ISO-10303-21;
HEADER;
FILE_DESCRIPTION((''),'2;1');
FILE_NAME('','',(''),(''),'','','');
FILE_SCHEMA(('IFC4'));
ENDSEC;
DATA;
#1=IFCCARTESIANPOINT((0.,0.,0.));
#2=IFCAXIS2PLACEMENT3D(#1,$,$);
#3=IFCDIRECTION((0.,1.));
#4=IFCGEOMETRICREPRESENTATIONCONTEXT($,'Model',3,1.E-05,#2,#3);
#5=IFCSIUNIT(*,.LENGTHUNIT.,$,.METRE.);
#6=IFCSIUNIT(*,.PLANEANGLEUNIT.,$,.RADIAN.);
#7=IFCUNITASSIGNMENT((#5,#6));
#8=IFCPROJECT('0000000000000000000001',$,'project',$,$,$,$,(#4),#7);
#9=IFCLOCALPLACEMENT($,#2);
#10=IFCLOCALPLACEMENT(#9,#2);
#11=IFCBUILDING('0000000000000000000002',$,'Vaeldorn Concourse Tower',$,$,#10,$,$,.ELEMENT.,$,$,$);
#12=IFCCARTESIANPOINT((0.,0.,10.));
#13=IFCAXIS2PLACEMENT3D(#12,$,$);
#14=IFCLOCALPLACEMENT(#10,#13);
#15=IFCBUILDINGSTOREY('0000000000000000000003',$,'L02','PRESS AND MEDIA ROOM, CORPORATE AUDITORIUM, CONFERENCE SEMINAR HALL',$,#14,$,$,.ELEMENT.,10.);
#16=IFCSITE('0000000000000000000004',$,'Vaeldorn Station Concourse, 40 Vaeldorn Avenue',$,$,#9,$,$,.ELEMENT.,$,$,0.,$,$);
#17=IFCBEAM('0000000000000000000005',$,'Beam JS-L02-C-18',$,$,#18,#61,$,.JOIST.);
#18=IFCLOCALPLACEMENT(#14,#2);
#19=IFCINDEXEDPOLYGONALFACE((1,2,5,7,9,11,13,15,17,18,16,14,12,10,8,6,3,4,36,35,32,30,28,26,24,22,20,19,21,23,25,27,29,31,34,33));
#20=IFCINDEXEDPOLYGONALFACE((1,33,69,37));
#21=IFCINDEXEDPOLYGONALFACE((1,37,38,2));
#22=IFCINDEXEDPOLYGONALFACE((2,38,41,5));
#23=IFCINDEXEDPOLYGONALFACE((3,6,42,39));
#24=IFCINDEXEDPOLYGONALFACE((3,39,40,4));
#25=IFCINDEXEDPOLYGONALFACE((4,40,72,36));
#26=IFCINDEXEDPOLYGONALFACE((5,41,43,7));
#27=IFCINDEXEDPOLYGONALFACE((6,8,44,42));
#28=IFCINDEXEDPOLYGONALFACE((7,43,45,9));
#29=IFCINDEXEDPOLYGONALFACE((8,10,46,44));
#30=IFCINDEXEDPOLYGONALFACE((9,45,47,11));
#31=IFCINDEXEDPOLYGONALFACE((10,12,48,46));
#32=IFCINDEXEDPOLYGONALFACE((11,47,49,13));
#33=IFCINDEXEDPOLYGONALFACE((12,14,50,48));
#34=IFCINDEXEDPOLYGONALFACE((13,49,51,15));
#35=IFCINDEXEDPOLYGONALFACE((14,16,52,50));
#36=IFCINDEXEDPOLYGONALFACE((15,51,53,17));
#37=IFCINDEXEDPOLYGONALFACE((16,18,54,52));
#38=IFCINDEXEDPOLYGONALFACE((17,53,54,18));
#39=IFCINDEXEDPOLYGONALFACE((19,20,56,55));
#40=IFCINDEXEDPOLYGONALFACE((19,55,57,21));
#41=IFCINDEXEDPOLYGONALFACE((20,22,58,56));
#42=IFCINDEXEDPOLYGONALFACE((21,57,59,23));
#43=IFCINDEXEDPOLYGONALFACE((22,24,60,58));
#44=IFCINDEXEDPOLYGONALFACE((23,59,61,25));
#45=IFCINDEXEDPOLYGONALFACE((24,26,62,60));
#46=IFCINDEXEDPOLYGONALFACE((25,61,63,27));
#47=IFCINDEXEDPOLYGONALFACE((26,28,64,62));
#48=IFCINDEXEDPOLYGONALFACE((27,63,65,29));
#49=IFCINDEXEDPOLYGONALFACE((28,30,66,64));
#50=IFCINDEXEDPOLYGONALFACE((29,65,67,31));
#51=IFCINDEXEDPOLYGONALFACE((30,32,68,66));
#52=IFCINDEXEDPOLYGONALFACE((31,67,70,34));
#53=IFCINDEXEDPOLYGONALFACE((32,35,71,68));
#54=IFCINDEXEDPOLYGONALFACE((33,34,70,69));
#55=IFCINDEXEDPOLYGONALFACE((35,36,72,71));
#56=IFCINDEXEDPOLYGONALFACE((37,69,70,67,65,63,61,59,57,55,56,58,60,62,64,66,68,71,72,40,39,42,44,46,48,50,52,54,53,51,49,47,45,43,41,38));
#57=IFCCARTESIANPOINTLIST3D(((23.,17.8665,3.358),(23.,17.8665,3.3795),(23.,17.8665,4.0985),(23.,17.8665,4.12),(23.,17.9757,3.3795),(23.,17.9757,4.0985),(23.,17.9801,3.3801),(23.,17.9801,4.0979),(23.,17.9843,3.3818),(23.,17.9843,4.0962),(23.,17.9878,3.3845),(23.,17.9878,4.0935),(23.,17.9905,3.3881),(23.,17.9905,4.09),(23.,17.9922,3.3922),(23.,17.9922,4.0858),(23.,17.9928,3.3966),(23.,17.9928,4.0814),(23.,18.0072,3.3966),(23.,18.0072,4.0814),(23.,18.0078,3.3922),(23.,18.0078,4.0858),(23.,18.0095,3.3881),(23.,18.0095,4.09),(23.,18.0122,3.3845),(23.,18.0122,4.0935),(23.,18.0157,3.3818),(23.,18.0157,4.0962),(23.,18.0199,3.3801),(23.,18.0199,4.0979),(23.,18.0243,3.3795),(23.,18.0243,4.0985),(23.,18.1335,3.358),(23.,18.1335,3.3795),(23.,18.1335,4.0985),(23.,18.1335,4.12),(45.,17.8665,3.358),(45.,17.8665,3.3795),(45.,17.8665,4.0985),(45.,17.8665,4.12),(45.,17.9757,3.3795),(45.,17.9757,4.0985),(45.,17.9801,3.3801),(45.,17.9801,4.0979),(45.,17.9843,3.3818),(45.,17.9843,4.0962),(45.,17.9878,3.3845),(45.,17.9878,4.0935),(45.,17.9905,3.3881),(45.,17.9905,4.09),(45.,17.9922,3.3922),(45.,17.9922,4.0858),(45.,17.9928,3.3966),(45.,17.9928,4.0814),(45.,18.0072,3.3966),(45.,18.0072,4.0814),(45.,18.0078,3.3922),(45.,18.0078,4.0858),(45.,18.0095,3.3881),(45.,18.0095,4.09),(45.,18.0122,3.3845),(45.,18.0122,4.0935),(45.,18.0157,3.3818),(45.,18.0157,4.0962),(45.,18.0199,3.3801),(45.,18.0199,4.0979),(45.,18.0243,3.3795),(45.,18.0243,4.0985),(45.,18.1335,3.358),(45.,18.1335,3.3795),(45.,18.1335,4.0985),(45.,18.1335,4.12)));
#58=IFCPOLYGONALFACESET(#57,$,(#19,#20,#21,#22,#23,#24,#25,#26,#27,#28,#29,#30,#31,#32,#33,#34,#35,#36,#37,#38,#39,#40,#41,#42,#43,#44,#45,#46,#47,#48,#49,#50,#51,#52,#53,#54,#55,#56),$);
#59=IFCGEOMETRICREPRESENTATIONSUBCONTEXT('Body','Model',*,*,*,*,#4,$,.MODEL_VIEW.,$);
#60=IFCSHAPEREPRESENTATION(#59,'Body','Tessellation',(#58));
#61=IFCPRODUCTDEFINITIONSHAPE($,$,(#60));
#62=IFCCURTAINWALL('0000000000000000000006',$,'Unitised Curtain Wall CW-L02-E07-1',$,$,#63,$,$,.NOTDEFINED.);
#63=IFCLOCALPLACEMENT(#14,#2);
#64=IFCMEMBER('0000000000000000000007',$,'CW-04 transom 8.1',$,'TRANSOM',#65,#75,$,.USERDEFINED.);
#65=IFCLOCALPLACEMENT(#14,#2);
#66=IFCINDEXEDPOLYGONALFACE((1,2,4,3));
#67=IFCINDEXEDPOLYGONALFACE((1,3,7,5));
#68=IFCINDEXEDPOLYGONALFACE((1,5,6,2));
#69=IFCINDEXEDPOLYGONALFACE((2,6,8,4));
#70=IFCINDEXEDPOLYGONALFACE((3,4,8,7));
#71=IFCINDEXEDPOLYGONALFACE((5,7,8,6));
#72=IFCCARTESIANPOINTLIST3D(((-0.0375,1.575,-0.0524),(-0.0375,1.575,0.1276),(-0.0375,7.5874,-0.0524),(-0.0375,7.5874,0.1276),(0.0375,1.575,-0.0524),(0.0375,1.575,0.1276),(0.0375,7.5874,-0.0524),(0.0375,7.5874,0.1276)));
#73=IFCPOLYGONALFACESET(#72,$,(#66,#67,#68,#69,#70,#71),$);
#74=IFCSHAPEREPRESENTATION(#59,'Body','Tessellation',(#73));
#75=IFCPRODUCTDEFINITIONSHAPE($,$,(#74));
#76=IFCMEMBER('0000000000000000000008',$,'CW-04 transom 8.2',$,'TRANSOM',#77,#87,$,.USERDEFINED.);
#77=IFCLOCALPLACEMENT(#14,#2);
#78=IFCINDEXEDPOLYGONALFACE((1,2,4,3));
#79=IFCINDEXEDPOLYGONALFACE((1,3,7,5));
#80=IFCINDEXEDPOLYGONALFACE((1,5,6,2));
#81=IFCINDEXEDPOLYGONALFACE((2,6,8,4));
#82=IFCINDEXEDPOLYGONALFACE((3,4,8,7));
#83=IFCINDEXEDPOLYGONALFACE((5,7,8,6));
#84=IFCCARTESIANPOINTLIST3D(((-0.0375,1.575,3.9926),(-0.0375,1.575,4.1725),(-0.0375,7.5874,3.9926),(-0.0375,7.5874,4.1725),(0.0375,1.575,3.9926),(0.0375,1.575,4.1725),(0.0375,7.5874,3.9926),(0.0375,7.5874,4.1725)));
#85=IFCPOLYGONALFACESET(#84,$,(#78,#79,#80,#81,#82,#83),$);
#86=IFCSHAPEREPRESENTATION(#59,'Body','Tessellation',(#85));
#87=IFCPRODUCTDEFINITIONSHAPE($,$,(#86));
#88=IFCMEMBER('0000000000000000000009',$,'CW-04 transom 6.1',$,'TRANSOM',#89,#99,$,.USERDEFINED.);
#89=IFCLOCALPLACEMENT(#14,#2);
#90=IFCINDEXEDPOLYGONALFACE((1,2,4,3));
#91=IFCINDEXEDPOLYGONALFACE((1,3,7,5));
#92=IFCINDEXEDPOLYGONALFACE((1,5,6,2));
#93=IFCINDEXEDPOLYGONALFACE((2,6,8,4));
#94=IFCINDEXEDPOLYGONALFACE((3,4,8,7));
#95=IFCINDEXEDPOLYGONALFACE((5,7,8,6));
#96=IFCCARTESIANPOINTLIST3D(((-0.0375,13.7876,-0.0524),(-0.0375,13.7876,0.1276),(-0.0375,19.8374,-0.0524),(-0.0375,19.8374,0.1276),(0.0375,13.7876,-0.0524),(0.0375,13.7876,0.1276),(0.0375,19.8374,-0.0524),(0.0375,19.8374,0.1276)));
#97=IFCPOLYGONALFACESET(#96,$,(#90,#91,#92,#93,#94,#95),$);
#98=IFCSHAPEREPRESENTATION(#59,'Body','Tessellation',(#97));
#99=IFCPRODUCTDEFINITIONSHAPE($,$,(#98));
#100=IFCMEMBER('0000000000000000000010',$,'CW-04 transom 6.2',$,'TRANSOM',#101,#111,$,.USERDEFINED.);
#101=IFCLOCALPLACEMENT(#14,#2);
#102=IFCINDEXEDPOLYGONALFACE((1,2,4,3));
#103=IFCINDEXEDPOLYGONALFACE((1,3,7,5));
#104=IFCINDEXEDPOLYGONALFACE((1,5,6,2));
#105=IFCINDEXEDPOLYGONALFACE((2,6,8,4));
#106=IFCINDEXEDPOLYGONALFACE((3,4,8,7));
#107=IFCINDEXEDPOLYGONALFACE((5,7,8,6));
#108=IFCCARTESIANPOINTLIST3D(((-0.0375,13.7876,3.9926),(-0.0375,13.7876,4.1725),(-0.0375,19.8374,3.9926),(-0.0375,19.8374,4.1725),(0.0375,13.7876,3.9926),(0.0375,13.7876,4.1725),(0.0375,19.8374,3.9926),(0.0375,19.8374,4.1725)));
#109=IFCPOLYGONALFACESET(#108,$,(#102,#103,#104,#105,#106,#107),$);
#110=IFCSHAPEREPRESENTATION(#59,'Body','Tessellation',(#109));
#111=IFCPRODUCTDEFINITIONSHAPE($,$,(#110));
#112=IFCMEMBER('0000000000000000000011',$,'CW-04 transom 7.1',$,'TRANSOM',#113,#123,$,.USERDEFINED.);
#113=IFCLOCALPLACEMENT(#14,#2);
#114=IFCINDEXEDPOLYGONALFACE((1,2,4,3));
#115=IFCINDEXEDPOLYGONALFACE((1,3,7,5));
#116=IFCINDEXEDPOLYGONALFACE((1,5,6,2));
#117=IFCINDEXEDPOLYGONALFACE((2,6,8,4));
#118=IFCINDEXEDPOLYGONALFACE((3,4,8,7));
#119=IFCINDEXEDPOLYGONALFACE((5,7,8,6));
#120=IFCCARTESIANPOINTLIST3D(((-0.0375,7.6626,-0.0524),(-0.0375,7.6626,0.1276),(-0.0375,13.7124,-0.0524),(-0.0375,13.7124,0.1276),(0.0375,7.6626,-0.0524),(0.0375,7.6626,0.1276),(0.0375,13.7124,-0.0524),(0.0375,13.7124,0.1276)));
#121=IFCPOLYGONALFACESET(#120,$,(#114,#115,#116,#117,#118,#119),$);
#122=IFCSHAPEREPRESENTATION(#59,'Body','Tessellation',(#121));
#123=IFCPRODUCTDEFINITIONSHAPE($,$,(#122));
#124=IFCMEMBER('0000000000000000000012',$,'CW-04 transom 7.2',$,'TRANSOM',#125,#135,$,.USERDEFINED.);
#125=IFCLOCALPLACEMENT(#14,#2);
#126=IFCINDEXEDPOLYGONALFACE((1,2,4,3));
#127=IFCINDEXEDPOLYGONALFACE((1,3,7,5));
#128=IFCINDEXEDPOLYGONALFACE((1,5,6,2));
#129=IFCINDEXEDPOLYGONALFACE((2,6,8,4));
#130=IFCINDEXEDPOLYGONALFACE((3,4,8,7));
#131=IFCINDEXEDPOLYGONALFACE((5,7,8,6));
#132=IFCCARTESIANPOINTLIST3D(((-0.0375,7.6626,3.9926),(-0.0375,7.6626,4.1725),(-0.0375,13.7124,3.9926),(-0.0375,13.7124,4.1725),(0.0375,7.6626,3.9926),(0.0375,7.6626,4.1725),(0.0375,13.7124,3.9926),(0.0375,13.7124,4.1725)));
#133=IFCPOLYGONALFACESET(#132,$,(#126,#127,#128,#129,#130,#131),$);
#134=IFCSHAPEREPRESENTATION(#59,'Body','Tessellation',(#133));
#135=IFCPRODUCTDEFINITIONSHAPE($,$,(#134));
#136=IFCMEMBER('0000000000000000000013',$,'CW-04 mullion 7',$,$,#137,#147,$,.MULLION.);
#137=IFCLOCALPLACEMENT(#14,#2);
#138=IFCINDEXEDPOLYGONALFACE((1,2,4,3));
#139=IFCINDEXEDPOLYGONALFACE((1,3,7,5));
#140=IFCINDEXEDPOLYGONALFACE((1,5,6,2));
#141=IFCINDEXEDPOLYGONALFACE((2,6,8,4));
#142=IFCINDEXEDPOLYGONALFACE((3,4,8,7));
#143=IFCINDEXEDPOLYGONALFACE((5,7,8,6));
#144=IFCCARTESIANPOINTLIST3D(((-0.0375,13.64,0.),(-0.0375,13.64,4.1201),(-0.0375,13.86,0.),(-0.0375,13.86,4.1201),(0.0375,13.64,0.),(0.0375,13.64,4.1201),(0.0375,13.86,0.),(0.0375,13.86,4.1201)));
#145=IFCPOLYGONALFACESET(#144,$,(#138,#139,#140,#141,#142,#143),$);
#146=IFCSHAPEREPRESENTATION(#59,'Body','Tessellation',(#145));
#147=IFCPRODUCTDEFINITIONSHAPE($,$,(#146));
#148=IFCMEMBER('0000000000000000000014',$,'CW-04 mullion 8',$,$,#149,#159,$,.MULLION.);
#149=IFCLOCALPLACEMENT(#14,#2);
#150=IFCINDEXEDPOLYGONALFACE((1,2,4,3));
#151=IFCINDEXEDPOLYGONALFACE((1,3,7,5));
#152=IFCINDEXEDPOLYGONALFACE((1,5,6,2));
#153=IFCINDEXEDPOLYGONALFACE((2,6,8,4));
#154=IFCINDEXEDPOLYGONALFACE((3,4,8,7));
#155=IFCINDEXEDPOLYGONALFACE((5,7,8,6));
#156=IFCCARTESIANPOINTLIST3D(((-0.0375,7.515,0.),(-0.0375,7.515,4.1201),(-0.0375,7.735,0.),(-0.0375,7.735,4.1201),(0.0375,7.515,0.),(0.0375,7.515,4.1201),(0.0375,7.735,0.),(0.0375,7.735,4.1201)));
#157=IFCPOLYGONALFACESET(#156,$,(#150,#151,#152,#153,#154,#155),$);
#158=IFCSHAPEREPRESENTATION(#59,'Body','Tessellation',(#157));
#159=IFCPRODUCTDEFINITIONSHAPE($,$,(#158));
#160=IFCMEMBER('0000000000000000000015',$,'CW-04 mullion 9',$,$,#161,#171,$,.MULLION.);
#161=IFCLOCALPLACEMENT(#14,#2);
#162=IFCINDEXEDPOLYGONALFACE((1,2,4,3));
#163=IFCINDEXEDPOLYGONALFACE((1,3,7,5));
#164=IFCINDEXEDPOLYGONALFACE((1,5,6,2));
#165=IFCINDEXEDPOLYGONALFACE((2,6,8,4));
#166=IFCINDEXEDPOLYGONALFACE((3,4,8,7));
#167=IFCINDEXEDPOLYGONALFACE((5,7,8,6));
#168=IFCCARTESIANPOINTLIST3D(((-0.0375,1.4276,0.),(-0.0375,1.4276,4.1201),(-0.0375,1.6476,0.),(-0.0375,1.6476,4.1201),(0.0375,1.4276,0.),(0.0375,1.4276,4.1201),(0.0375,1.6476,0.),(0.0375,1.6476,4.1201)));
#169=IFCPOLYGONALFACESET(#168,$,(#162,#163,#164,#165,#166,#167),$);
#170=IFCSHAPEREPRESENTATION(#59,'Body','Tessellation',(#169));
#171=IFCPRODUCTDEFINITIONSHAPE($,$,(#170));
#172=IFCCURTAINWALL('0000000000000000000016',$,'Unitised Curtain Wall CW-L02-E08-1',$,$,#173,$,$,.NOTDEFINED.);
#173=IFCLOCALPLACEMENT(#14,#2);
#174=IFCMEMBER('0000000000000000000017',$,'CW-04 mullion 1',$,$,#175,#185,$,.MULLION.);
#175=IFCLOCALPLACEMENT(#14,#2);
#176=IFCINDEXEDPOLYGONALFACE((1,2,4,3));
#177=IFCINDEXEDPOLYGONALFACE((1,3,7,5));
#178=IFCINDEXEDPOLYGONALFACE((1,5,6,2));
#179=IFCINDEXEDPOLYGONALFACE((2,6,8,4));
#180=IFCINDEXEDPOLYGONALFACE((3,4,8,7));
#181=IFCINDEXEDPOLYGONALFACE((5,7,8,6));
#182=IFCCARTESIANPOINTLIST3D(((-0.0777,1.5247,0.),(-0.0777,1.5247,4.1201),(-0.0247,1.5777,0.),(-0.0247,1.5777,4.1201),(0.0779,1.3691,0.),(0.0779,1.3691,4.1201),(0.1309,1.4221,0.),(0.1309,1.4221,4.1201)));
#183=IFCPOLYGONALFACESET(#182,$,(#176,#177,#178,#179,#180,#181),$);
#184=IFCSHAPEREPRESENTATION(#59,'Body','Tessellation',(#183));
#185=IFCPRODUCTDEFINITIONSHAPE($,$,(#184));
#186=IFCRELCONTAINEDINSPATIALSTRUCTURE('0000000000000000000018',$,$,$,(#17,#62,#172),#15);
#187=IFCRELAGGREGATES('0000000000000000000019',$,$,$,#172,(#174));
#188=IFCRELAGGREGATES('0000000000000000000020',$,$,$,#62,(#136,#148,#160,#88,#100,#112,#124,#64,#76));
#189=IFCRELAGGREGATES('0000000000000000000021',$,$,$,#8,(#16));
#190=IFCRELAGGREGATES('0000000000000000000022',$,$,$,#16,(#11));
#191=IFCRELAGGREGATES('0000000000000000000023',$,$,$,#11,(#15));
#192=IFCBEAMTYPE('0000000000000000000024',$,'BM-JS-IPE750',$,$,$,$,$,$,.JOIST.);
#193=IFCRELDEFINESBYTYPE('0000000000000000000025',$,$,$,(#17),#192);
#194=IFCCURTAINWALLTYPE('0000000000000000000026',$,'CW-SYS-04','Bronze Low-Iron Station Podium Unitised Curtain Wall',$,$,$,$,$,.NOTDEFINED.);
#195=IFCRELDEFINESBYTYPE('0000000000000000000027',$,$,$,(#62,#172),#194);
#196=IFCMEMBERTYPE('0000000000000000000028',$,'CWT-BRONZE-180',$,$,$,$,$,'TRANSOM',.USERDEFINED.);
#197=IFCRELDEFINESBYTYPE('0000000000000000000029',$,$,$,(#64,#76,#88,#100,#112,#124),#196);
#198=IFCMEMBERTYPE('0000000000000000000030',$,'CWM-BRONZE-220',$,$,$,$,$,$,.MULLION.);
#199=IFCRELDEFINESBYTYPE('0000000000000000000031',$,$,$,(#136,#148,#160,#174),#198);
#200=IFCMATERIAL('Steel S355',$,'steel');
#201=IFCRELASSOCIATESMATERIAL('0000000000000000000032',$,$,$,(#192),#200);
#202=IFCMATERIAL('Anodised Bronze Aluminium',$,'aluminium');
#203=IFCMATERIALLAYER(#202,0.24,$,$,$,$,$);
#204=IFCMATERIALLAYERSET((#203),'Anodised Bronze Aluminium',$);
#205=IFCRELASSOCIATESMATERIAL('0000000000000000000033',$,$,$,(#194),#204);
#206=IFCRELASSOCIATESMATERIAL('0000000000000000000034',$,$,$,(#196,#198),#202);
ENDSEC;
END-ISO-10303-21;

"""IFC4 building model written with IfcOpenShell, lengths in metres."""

from ifc_helpers import new_model, si_unit, direction, frame, origin, origin_2d, place, context, subcontext, project, spatial, rectangle, i_section, extrude, source, transform, mapped, material, layer, layer_set, material_profile, profile_set, type_object, element, aggregate, save


model = new_model("IFC4")

# Units and contexts
model_context = context("Model", 3, precision=1e-05, world=origin(), true_north=direction((0.0, 1.0)))
body_context = subcontext(model_context, "Body", "Model", "MODEL_VIEW")
ifc_project = project(units=[si_unit("LENGTHUNIT", "METRE"), si_unit("PLANEANGLEUNIT", "RADIAN")], contexts=[model_context])

# Site, building, storey
site_placement = place(None, origin())
site = spatial("IfcSite", under=ifc_project, at=site_placement, Name="Vaeldorn Station Concourse, 40 Vaeldorn Avenue", CompositionType="ELEMENT", RefElevation=0.0)
building_placement = place(site_placement, origin())
building = spatial("IfcBuilding", under=site, at=building_placement, Name="Vaeldorn Concourse Tower", CompositionType="ELEMENT")
storey_placement = place(building_placement, frame((0.0, 0.0, 10.0)))
storey = spatial("IfcBuildingStorey", under=building, at=storey_placement, Name="L02", Description="PRESS AND MEDIA ROOM, CORPORATE AUDITORIUM, CONFERENCE SEMINAR HALL", CompositionType="ELEMENT", Elevation=10.0)

# Beam
ifc_material_1 = material(Name="Steel S355", Category="steel")
ifc_material_profile_1 = material_profile(ifc_material_1, i_section(OverallWidth=0.2671, OverallDepth=0.762, WebThickness=0.0144, FlangeThickness=0.0215, FilletRadius=0.0171, at=origin_2d()), Name="IPE 750x173")
ifc_profile_set_1 = profile_set([ifc_material_profile_1], Name="Steel S355")
beam_type_1 = type_object("IfcBeamType", Name="BM-JS-IPE750", PredefinedType="JOIST", material=ifc_profile_set_1)
shared_shape_1 = source(origin(), body_context, "Body", "SweptSolid", [
    extrude(i_section(OverallWidth=0.2671, OverallDepth=0.762, WebThickness=0.0144, FlangeThickness=0.0215, FilletRadius=0.0171, at=origin_2d()), origin(), (0.0, 0.0, 1.0), 22.0),
])
for number, where, z_axis, x_axis, name in (
    (1, (23.0, 18.0, 3.739), (1.0, 0.0, 0.0), (0.0, 1.0, 0.0), "Beam JS-L02-C-18"),
):
    element("IfcBeam", number, at=place(storey_placement, frame(where, z_axis=z_axis, x_axis=x_axis)), inside=storey, type_object=beam_type_1, Name=name, PredefinedType="JOIST", context=body_context, shape_type="MappedRepresentation", body=[
        mapped(shared_shape_1, transform((0.0, 0.0, 0.0), scale=1.0)),
    ])

# Curtain wall, members
ifc_material_2 = material(Name="Anodised Bronze Aluminium", Category="aluminium")
ifc_layer_1 = layer(ifc_material_2, 0.24)
ifc_layer_set_1 = layer_set([ifc_layer_1], Name="Anodised Bronze Aluminium")
curtain_wall_type = type_object("IfcCurtainWallType", Name="CW-SYS-04", Description="Bronze Low-Iron Station Podium Unitised Curtain Wall", PredefinedType="NOTDEFINED", material=ifc_layer_set_1)
curtain_wall_1_placement = place(storey_placement, origin())
curtain_wall_1 = element("IfcCurtainWall", 2, at=curtain_wall_1_placement, inside=storey, type_object=curtain_wall_type, Name="Unitised Curtain Wall CW-L02-E07-1", PredefinedType="NOTDEFINED")
ifc_material_profile_2 = material_profile(ifc_material_2, rectangle(XDim=0.075, YDim=0.1799, at=origin_2d()), Name="CWT 75x180")
ifc_profile_set_2 = profile_set([ifc_material_profile_2], Name="Anodised Bronze Aluminium")
member_type_1 = type_object("IfcMemberType", Name="CWT-BRONZE-180", ElementType="TRANSOM", PredefinedType="USERDEFINED", material=ifc_profile_set_2)
shared_shape_2 = source(origin(), body_context, "Body", "SweptSolid", [
    extrude(rectangle(XDim=0.075, YDim=0.1799, at=origin_2d()), origin(), (0.0, 0.0, 1.0), 6.0125),
])
member_1_placement = place(storey_placement, frame((0.0, 7.5874, 0.0376), z_axis=(0.0, -1.0, 0.0), x_axis=(1.0, 0.0, 0.0)))
member_1 = element("IfcMember", 3, at=member_1_placement, type_object=member_type_1, Name="CW-04 transom 8.1", ObjectType="TRANSOM", PredefinedType="USERDEFINED", context=body_context, shape_type="MappedRepresentation", body=[
    mapped(shared_shape_2, transform((0.0, 0.0, 0.0), scale=1.0)),
])
member_2_placement = place(storey_placement, frame((0.0, 7.5874, 4.0825), z_axis=(0.0, -1.0, 0.0), x_axis=(1.0, 0.0, 0.0)))
member_2 = element("IfcMember", 4, at=member_2_placement, type_object=member_type_1, Name="CW-04 transom 8.2", ObjectType="TRANSOM", PredefinedType="USERDEFINED", context=body_context, shape_type="MappedRepresentation", body=[
    mapped(shared_shape_2, transform((0.0, 0.0, 0.0), scale=1.0)),
])
shared_shape_3 = source(origin(), body_context, "Body", "SweptSolid", [
    extrude(rectangle(XDim=0.075, YDim=0.1799, at=origin_2d()), origin(), (0.0, 0.0, 1.0), 6.0498),
])
member_3_placement = place(storey_placement, frame((0.0, 19.8374, 0.0376), z_axis=(0.0, -1.0, 0.0), x_axis=(1.0, 0.0, 0.0)))
member_3 = element("IfcMember", 5, at=member_3_placement, type_object=member_type_1, Name="CW-04 transom 6.1", ObjectType="TRANSOM", PredefinedType="USERDEFINED", context=body_context, shape_type="MappedRepresentation", body=[
    mapped(shared_shape_3, transform((0.0, 0.0, 0.0), scale=1.0)),
])
member_4_placement = place(storey_placement, frame((0.0, 19.8374, 4.0825), z_axis=(0.0, -1.0, 0.0), x_axis=(1.0, 0.0, 0.0)))
member_4 = element("IfcMember", 6, at=member_4_placement, type_object=member_type_1, Name="CW-04 transom 6.2", ObjectType="TRANSOM", PredefinedType="USERDEFINED", context=body_context, shape_type="MappedRepresentation", body=[
    mapped(shared_shape_3, transform((0.0, 0.0, 0.0), scale=1.0)),
])
member_5_placement = place(storey_placement, frame((0.0, 13.7124, 0.0376), z_axis=(0.0, -1.0, 0.0), x_axis=(1.0, 0.0, 0.0)))
member_5 = element("IfcMember", 7, at=member_5_placement, type_object=member_type_1, Name="CW-04 transom 7.1", ObjectType="TRANSOM", PredefinedType="USERDEFINED", context=body_context, shape_type="MappedRepresentation", body=[
    mapped(shared_shape_3, transform((0.0, 0.0, 0.0), scale=1.0)),
])
member_6_placement = place(storey_placement, frame((0.0, 13.7124, 4.0825), z_axis=(0.0, -1.0, 0.0), x_axis=(1.0, 0.0, 0.0)))
member_6 = element("IfcMember", 8, at=member_6_placement, type_object=member_type_1, Name="CW-04 transom 7.2", ObjectType="TRANSOM", PredefinedType="USERDEFINED", context=body_context, shape_type="MappedRepresentation", body=[
    mapped(shared_shape_3, transform((0.0, 0.0, 0.0), scale=1.0)),
])
ifc_material_profile_3 = material_profile(ifc_material_2, rectangle(XDim=0.075, YDim=0.22, at=origin_2d()), Name="CWM 75x220")
ifc_profile_set_3 = profile_set([ifc_material_profile_3], Name="Anodised Bronze Aluminium")
member_type_2 = type_object("IfcMemberType", Name="CWM-BRONZE-220", PredefinedType="MULLION", material=ifc_profile_set_3)
shared_shape_4 = source(origin(), body_context, "Body", "SweptSolid", [
    extrude(rectangle(XDim=0.075, YDim=0.22, at=origin_2d()), origin(), (0.0, 0.0, 1.0), 4.1201),
])
member_7_placement = place(storey_placement, frame((0.0, 13.75, 0.0), z_axis=(0.0, 0.0, 1.0), x_axis=(1.0, 0.0, 0.0)))
member_7 = element("IfcMember", 9, at=member_7_placement, type_object=member_type_2, Name="CW-04 mullion 7", PredefinedType="MULLION", context=body_context, shape_type="MappedRepresentation", body=[
    mapped(shared_shape_4, transform((0.0, 0.0, 0.0), scale=1.0)),
])
member_8_placement = place(storey_placement, frame((0.0, 7.625, 0.0), z_axis=(0.0, 0.0, 1.0), x_axis=(1.0, 0.0, 0.0)))
member_8 = element("IfcMember", 10, at=member_8_placement, type_object=member_type_2, Name="CW-04 mullion 8", PredefinedType="MULLION", context=body_context, shape_type="MappedRepresentation", body=[
    mapped(shared_shape_4, transform((0.0, 0.0, 0.0), scale=1.0)),
])
member_9_placement = place(storey_placement, frame((0.0, 1.5376, 0.0), z_axis=(0.0, 0.0, 1.0), x_axis=(1.0, 0.0, 0.0)))
member_9 = element("IfcMember", 11, at=member_9_placement, type_object=member_type_2, Name="CW-04 mullion 9", PredefinedType="MULLION", context=body_context, shape_type="MappedRepresentation", body=[
    mapped(shared_shape_4, transform((0.0, 0.0, 0.0), scale=1.0)),
])

# Curtain wall, member
curtain_wall_2_placement = place(storey_placement, origin())
curtain_wall_2 = element("IfcCurtainWall", 12, at=curtain_wall_2_placement, inside=storey, type_object=curtain_wall_type, Name="Unitised Curtain Wall CW-L02-E08-1", PredefinedType="NOTDEFINED")
member_10_placement = place(storey_placement, frame((0.0266, 1.4734, 0.0), z_axis=(0.0, 0.0, 1.0), x_axis=(0.707107, 0.707107, 0.0)))
member_10 = element("IfcMember", 13, at=member_10_placement, type_object=member_type_2, Name="CW-04 mullion 1", PredefinedType="MULLION", context=body_context, shape_type="MappedRepresentation", body=[
    mapped(shared_shape_4, transform((0.0, 0.0, 0.0), scale=1.0)),
])
aggregate(curtain_wall_2, [member_10])

aggregate(curtain_wall_1, [member_7, member_8, member_9, member_3, member_4, member_5, member_6, member_1, member_2])

save(model, "model.ifc")
